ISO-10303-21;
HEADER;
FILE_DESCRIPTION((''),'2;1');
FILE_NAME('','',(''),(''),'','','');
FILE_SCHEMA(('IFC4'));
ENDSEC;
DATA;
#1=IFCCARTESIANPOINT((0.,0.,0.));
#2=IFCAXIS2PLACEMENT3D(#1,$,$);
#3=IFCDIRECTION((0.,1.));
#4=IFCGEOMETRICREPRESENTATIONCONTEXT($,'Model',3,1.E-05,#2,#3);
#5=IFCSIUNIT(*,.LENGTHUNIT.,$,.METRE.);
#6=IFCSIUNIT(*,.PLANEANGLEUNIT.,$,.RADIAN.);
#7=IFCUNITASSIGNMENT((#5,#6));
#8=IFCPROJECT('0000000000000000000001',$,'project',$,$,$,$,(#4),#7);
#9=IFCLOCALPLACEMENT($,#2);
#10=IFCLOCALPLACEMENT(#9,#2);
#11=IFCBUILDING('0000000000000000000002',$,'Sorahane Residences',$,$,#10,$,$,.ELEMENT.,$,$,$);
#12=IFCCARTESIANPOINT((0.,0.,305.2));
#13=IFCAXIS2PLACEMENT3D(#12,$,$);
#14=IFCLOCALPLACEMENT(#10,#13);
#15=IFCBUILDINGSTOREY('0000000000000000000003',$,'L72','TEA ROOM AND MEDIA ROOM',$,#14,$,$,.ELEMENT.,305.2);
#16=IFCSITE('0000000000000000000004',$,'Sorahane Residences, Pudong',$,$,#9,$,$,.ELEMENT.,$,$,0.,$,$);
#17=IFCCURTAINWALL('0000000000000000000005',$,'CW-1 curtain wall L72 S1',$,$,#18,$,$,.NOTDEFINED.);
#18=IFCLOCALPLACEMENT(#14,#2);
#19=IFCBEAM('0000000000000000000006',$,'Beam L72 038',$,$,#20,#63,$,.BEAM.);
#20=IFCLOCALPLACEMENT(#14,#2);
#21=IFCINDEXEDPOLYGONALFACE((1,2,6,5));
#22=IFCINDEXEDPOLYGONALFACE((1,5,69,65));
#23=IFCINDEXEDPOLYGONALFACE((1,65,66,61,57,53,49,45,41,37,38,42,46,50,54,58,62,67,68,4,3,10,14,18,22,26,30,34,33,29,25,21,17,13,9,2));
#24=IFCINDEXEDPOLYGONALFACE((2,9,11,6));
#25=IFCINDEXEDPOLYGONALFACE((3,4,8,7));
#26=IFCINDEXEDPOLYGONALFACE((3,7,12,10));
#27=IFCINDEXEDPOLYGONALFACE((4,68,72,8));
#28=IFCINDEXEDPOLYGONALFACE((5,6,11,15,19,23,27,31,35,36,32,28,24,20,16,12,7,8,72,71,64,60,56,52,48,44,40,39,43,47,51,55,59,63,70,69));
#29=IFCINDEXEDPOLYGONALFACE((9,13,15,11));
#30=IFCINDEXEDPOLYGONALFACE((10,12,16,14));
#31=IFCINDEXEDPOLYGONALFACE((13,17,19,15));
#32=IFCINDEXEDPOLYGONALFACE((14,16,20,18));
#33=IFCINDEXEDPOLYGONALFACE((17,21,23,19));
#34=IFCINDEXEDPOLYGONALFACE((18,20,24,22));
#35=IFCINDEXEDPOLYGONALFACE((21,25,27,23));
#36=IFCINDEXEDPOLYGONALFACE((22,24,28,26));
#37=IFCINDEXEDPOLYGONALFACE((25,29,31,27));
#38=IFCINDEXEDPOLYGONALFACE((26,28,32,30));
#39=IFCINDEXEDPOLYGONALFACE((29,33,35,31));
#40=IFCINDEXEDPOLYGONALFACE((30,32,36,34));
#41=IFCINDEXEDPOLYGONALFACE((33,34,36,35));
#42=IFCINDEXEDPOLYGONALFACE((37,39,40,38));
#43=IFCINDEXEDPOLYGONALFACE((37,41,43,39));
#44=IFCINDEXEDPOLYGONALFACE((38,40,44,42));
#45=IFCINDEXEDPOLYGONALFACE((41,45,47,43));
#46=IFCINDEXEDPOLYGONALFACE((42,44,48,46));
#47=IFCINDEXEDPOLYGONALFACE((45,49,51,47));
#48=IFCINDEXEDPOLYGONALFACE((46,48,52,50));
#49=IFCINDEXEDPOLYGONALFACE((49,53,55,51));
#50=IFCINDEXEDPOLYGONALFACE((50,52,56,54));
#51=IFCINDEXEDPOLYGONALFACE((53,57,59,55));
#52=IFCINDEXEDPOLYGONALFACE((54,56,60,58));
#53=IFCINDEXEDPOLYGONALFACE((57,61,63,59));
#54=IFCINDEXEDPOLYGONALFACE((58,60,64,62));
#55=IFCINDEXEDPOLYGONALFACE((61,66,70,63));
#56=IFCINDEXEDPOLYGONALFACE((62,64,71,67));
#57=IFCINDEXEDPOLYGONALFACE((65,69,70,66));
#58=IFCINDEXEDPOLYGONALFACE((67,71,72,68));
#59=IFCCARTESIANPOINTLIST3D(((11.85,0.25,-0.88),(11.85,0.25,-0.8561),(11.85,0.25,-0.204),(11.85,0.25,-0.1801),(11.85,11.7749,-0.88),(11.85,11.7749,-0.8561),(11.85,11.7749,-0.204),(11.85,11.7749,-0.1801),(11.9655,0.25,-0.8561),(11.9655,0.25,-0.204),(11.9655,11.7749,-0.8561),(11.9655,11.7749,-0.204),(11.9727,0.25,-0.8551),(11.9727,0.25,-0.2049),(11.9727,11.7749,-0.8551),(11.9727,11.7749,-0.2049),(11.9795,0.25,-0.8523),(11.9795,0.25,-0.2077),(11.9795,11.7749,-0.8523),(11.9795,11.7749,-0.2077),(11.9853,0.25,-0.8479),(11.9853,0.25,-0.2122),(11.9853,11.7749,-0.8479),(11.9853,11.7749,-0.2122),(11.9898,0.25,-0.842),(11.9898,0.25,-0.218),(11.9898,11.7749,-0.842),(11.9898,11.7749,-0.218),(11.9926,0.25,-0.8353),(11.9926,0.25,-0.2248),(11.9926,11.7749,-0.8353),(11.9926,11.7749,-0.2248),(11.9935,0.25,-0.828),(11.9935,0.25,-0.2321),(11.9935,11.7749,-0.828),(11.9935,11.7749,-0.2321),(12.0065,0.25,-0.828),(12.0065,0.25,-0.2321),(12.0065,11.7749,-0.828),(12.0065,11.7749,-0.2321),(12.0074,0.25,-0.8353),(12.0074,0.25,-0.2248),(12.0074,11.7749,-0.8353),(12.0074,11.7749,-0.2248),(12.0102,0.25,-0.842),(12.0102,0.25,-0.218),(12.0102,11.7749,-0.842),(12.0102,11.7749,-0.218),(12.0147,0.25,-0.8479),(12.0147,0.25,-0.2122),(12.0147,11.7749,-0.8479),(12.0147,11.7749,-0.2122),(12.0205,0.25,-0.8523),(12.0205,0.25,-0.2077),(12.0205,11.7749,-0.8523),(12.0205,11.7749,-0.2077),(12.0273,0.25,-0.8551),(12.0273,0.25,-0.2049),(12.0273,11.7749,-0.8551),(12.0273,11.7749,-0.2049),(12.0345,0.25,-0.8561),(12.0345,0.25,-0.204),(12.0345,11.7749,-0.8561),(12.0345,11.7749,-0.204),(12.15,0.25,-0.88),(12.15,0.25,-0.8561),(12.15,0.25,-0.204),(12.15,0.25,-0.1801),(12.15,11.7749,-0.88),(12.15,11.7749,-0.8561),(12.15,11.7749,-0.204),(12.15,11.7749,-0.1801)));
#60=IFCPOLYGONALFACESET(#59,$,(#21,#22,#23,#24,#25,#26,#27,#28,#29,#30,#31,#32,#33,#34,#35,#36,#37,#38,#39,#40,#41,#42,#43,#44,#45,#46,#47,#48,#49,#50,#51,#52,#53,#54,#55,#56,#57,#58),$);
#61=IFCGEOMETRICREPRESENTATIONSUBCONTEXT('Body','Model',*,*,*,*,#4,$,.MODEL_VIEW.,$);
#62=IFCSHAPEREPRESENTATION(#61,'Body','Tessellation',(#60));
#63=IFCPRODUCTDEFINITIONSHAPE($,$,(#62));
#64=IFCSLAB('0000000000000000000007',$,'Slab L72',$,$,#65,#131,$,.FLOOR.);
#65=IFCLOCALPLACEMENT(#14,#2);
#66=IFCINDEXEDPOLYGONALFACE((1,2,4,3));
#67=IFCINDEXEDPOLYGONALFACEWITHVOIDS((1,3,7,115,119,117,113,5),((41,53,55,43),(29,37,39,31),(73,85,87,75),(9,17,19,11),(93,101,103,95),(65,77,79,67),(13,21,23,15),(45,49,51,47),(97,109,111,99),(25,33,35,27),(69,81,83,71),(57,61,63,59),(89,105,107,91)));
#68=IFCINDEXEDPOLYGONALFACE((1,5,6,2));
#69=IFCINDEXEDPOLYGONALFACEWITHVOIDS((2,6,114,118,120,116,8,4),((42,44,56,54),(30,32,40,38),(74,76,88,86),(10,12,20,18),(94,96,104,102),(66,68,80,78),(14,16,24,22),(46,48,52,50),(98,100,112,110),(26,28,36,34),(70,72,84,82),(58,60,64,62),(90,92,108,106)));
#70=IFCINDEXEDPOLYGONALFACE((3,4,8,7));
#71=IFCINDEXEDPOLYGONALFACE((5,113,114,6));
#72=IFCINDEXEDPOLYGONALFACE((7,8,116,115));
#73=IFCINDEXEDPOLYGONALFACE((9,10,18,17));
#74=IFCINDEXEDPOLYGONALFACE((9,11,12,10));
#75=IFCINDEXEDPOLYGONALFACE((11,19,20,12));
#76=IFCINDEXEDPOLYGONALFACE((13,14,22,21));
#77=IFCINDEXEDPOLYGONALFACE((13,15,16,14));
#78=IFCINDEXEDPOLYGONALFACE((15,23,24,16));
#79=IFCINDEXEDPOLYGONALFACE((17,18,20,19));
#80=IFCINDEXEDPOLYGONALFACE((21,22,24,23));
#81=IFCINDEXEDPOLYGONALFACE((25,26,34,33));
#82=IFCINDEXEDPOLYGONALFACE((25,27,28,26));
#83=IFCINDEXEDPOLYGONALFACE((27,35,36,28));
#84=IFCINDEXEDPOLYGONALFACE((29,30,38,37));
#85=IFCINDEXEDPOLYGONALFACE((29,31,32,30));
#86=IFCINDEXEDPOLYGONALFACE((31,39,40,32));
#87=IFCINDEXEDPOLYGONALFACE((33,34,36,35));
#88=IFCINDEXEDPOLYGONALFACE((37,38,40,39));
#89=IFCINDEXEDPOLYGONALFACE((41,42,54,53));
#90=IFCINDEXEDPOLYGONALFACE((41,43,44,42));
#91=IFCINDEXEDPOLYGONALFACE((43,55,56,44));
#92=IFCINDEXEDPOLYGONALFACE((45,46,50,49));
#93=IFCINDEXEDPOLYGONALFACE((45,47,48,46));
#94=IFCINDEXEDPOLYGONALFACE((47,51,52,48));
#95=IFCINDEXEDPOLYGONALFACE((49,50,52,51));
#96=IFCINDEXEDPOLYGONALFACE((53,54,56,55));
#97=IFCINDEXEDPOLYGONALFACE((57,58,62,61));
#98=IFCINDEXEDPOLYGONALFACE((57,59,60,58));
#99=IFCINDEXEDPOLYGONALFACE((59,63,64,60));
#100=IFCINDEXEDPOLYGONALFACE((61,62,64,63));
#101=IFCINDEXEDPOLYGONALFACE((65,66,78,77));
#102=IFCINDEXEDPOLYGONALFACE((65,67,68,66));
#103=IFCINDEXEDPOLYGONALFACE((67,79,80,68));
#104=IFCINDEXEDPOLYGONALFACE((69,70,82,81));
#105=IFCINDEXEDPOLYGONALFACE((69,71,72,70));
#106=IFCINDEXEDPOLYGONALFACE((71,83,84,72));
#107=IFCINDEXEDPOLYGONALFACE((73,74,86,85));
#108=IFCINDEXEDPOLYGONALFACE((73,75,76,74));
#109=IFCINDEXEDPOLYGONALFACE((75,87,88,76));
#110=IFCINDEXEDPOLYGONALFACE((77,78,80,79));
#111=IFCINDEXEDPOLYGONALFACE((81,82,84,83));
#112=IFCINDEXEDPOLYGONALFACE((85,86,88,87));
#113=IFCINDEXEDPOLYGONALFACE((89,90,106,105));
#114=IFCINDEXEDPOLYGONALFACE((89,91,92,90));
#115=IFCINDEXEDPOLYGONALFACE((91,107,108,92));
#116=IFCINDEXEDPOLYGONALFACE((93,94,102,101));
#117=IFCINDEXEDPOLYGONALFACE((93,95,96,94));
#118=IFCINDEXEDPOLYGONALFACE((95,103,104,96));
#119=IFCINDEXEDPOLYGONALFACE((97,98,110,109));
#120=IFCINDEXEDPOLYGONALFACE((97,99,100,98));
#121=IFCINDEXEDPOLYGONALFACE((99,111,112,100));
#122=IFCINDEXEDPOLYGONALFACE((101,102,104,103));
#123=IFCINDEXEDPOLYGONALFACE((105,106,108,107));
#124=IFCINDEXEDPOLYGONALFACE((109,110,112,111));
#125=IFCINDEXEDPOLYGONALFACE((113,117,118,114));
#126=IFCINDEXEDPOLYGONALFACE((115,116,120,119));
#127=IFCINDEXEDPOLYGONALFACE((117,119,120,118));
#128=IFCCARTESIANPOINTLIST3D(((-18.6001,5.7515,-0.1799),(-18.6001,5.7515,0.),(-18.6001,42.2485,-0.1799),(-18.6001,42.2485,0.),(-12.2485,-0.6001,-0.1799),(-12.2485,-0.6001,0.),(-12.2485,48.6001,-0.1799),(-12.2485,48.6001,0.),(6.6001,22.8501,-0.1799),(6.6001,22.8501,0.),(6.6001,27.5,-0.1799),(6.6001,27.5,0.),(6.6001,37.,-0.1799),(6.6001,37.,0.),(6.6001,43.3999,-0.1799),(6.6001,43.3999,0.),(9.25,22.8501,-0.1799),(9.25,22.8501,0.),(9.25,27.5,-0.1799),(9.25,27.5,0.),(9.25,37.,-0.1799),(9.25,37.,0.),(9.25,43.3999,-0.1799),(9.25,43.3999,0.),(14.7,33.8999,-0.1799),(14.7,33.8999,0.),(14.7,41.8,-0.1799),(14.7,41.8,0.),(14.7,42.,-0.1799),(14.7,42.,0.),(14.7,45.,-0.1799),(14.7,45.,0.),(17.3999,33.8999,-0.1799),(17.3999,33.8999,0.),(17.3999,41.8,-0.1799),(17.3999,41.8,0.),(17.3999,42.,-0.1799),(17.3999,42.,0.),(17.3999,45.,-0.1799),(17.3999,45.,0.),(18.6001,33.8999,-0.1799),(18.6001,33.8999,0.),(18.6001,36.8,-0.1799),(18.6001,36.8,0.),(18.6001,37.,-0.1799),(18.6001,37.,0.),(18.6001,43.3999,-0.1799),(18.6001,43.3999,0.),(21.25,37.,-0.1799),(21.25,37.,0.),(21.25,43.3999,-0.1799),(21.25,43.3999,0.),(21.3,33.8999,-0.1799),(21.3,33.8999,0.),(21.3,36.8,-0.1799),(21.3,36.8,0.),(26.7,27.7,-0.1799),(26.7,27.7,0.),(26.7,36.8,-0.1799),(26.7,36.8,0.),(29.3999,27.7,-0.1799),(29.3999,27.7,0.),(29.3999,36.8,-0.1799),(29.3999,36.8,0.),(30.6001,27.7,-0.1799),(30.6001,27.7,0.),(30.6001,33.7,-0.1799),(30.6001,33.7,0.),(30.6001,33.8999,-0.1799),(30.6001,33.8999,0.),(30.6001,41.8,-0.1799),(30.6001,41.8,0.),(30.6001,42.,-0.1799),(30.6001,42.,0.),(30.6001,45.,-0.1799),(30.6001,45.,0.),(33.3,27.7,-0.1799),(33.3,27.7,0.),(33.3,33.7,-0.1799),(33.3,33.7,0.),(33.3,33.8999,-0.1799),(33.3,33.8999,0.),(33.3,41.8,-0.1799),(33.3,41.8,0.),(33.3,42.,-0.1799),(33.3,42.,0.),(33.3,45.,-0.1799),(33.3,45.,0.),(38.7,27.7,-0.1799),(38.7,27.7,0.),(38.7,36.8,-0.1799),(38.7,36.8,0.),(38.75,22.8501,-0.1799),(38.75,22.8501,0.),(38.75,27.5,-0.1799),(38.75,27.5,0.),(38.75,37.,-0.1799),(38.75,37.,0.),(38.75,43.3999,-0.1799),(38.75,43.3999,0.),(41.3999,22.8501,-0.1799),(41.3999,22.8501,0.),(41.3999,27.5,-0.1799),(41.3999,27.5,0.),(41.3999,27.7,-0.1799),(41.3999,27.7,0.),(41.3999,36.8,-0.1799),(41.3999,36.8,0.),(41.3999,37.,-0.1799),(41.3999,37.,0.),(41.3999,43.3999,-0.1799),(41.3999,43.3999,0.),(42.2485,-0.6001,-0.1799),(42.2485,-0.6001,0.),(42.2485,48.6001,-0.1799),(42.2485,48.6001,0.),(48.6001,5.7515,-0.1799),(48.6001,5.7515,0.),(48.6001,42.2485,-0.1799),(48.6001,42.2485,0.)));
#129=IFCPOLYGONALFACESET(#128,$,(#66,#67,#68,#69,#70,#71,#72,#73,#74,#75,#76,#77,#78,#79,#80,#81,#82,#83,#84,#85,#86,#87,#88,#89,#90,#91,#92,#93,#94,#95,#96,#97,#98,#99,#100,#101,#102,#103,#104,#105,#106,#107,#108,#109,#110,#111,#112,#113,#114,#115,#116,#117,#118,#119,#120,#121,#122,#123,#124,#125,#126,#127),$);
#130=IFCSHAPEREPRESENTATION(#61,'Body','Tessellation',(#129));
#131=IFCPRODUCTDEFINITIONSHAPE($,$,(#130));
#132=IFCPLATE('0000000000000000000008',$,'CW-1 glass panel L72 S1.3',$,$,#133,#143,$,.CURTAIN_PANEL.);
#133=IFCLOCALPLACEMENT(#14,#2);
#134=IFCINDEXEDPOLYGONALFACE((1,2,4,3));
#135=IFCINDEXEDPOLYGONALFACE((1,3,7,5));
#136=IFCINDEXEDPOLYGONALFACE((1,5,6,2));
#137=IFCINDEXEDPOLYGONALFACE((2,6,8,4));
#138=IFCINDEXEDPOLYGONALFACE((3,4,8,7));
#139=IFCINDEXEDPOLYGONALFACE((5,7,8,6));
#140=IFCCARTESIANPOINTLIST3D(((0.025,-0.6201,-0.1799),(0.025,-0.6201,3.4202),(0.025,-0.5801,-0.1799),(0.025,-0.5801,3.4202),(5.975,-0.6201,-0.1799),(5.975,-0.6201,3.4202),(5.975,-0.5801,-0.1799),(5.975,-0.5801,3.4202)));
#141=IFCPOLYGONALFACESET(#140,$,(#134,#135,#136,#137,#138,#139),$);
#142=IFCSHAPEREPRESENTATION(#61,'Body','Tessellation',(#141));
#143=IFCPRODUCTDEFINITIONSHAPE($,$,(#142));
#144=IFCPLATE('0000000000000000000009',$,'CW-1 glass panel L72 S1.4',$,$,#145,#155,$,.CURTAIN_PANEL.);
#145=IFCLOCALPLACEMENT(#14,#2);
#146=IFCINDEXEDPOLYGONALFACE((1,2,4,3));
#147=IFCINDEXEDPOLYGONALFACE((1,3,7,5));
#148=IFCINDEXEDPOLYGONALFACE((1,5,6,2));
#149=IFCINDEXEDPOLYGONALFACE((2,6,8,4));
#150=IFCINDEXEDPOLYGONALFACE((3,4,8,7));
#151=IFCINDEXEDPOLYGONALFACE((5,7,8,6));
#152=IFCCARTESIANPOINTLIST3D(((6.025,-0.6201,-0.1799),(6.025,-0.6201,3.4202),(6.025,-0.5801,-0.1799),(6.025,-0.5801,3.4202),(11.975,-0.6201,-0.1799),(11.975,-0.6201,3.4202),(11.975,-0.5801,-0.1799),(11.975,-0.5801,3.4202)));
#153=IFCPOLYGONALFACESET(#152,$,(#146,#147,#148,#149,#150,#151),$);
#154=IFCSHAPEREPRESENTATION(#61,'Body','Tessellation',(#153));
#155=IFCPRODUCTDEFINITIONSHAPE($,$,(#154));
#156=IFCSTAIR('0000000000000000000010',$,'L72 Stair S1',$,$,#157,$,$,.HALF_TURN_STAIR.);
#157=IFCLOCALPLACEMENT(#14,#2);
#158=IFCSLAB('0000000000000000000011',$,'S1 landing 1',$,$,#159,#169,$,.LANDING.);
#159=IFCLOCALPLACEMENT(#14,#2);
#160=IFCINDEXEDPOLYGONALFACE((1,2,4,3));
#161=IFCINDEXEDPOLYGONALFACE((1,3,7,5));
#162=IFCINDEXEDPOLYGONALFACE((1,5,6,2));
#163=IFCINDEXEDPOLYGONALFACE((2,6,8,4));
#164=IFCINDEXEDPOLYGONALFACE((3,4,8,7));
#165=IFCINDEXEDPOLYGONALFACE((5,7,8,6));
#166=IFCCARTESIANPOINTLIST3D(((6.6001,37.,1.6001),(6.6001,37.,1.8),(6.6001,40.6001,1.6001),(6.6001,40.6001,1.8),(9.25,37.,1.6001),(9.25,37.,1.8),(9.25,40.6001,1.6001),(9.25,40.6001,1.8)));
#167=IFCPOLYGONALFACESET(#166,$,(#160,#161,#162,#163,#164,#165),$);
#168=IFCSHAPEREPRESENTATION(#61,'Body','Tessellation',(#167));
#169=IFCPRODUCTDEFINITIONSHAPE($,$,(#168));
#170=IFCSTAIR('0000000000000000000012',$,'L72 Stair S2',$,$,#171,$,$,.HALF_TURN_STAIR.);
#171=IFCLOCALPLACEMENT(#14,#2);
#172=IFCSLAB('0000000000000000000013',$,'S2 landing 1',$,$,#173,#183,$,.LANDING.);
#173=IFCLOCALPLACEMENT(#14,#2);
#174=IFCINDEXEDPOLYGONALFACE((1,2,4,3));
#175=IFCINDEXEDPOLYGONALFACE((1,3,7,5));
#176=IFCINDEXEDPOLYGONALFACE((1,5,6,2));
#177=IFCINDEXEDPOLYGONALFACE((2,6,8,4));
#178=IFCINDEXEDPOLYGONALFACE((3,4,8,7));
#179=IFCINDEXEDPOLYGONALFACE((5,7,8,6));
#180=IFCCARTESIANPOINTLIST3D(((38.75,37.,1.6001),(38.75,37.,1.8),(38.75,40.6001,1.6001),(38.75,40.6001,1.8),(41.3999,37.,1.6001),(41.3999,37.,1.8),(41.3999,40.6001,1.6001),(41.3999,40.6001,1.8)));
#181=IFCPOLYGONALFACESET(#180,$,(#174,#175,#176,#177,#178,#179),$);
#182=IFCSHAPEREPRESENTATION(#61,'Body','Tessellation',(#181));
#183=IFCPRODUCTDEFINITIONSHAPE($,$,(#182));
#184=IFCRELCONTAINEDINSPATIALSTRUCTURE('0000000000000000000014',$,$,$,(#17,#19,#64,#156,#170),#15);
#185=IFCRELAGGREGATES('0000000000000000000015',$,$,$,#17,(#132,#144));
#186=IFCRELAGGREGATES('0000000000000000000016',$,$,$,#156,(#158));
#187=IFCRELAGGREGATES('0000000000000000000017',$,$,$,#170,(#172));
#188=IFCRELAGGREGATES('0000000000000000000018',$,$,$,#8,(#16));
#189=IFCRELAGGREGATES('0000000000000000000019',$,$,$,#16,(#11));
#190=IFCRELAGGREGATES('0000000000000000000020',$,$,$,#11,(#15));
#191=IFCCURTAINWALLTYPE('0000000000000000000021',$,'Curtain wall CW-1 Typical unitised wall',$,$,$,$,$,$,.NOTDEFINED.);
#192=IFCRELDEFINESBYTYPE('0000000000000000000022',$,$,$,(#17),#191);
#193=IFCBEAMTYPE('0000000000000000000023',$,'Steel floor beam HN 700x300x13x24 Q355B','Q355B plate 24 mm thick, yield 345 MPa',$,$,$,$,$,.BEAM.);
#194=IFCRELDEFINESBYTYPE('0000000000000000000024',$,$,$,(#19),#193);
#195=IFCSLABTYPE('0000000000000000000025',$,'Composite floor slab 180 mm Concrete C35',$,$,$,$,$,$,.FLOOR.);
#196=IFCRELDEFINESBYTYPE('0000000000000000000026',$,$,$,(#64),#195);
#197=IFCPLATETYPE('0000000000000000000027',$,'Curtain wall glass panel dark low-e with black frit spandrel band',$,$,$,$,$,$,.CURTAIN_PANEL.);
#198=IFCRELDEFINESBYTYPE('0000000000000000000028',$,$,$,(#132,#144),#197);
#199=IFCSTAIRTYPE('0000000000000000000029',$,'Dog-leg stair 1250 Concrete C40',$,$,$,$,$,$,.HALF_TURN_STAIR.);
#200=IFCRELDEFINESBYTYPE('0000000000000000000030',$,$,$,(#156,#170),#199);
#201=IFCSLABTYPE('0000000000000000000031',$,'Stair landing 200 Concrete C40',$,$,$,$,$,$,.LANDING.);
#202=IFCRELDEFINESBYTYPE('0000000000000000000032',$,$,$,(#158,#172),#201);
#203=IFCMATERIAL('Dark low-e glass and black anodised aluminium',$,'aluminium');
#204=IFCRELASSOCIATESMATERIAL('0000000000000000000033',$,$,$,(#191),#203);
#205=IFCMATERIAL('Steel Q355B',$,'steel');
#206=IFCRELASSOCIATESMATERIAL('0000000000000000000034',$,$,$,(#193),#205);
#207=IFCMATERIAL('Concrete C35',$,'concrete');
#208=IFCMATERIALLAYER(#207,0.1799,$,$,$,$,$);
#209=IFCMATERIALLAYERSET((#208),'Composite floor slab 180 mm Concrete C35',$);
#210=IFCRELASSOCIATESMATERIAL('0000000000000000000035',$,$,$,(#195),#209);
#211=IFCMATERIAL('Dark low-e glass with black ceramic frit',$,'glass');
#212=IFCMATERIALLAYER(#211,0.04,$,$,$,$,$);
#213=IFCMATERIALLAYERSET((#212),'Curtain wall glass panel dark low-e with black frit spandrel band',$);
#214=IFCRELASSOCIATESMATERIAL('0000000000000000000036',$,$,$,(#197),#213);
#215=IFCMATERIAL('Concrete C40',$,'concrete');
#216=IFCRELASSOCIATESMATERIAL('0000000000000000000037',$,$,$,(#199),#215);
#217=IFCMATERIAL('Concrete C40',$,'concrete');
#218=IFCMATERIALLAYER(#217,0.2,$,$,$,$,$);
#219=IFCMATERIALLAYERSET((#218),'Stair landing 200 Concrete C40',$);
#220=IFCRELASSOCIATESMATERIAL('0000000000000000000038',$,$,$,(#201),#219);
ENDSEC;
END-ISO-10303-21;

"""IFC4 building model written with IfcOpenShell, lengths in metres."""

from ifc_helpers import new_model, si_unit, direction, frame, origin, origin_2d, place, context, subcontext, project, spatial, polyline, rectangle, i_section, outline, extrude, material, layer, layer_set, material_profile, profile_set, type_object, element, aggregate, save


model = new_model("IFC4")

# Units and contexts
model_context = context("Model", 3, precision=1e-05, world=origin(), true_north=direction((0.0, 1.0)))
body_context = subcontext(model_context, "Body", "Model", "MODEL_VIEW")
ifc_project = project(units=[si_unit("LENGTHUNIT", "METRE"), si_unit("PLANEANGLEUNIT", "RADIAN")], contexts=[model_context])

# Site, building, storey
site_placement = place(None, origin())
site = spatial("IfcSite", under=ifc_project, at=site_placement, Name="Sorahane Residences, Pudong", CompositionType="ELEMENT", RefElevation=0.0)
building_placement = place(site_placement, origin())
building = spatial("IfcBuilding", under=site, at=building_placement, Name="Sorahane Residences", CompositionType="ELEMENT")
storey_placement = place(building_placement, frame((0.0, 0.0, 305.2)))
storey = spatial("IfcBuildingStorey", under=building, at=storey_placement, Name="L72", Description="TEA ROOM AND MEDIA ROOM", CompositionType="ELEMENT", Elevation=305.2)

# Curtain wall
ifc_material_1 = material(Name="Dark low-e glass and black anodised aluminium", Category="aluminium")
curtain_wall_type = type_object("IfcCurtainWallType", Name="Curtain wall CW-1 Typical unitised wall", PredefinedType="NOTDEFINED", material=ifc_material_1)
curtain_wall_placement = place(storey_placement, origin())
curtain_wall = element("IfcCurtainWall", 1, at=curtain_wall_placement, inside=storey, type_object=curtain_wall_type, Name="CW-1 curtain wall L72 S1", PredefinedType="NOTDEFINED")

# Beam
ifc_material_2 = material(Name="Steel Q355B", Category="steel")
ifc_material_profile_1 = material_profile(ifc_material_2, i_section(OverallWidth=0.3, OverallDepth=0.7, WebThickness=0.0129, FlangeThickness=0.0239, FilletRadius=0.0281, at=origin_2d()), Name="HN 700x300x13x24")
ifc_profile_set_1 = profile_set([ifc_material_profile_1], Name="Steel Q355B")
beam_type_1 = type_object("IfcBeamType", Name="Steel floor beam HN 700x300x13x24 Q355B", Description="Q355B plate 24 mm thick, yield 345 MPa", PredefinedType="BEAM", material=ifc_profile_set_1)
beam_1_placement = place(storey_placement, frame((12.0, 0.25, -0.53), z_axis=(0.0, 1.0, 0.0), x_axis=(-1.0, 0.0, 0.0)))
element("IfcBeam", 2, at=beam_1_placement, inside=storey, type_object=beam_type_1, Name="Beam L72 038", PredefinedType="BEAM", context=body_context, shape_type="SweptSolid", body=[
    extrude(i_section(OverallWidth=0.3, OverallDepth=0.7, WebThickness=0.0129, FlangeThickness=0.0239, FilletRadius=0.0281, at=origin_2d()), origin(), (0.0, 0.0, 1.0), 11.5249),
])

# Slab
ifc_material_3 = material(Name="Concrete C35", Category="concrete")
ifc_layer_1 = layer(ifc_material_3, 0.1799)
ifc_layer_set_1 = layer_set([ifc_layer_1], Name="Composite floor slab 180 mm Concrete C35")
slab_type_1 = type_object("IfcSlabType", Name="Composite floor slab 180 mm Concrete C35", PredefinedType="FLOOR", material=ifc_layer_set_1)
slab_1_placement = place(storey_placement, frame((0.0, 0.0, -0.1799)))
element("IfcSlab", 3, at=slab_1_placement, inside=storey, type_object=slab_type_1, Name="Slab L72", PredefinedType="FLOOR", context=body_context, shape_type="SweptSolid", body=[
    extrude(outline(polyline([(-12.2485, -0.6001), (-18.6001, 5.7515), (-18.6001, 42.2485), (-12.2485, 48.6001), (42.2485, 48.6001), (48.6001, 42.2485), (48.6001, 5.7515), (42.2485, -0.6001), (-12.2485, -0.6001)]), holes=[polyline([(38.7, 27.7), (41.3999, 27.7), (41.3999, 36.8), (38.7, 36.8), (38.7, 27.7)]), polyline([(30.6001, 27.7), (33.3, 27.7), (33.3, 33.7), (30.6001, 33.7), (30.6001, 27.7)]), polyline([(30.6001, 42.0), (33.3, 42.0), (33.3, 45.0), (30.6001, 45.0), (30.6001, 42.0)]), polyline([(14.7, 42.0), (17.3999, 42.0), (17.3999, 45.0), (14.7, 45.0), (14.7, 42.0)]), polyline([(6.6001, 43.3999), (6.6001, 37.0), (9.25, 37.0), (9.25, 43.3999), (6.6001, 43.3999)]), polyline([(38.75, 43.3999), (38.75, 37.0), (41.3999, 37.0), (41.3999, 43.3999), (38.75, 43.3999)]), polyline([(18.6001, 43.3999), (18.6001, 37.0), (21.25, 37.0), (21.25, 43.3999), (18.6001, 43.3999)]), polyline([(9.25, 22.8501), (9.25, 27.5), (6.6001, 27.5), (6.6001, 22.8501), (9.25, 22.8501)]), polyline([(41.3999, 22.8501), (41.3999, 27.5), (38.75, 27.5), (38.75, 22.8501), (41.3999, 22.8501)]), polyline([(14.7, 33.8999), (17.3999, 33.8999), (17.3999, 41.8), (14.7, 41.8), (14.7, 33.8999)]), polyline([(30.6001, 33.8999), (33.3, 33.8999), (33.3, 41.8), (30.6001, 41.8), (30.6001, 33.8999)]), polyline([(18.6001, 33.8999), (21.3, 33.8999), (21.3, 36.8), (18.6001, 36.8), (18.6001, 33.8999)]), polyline([(26.7, 27.7), (29.3999, 27.7), (29.3999, 36.8), (26.7, 36.8), (26.7, 27.7)])]), origin(), (0.0, 0.0, 1.0), 0.1799),
])

# Plates
ifc_material_4 = material(Name="Dark low-e glass with black ceramic frit", Category="glass")
ifc_layer_2 = layer(ifc_material_4, 0.04)
ifc_layer_set_2 = layer_set([ifc_layer_2], Name="Curtain wall glass panel dark low-e with black frit spandrel band")
plate_type = type_object("IfcPlateType", Name="Curtain wall glass panel dark low-e with black frit spandrel band", PredefinedType="CURTAIN_PANEL", material=ifc_layer_set_2)
plate_1_placement = place(storey_placement, frame((3.0, -0.6001, -0.1799), z_axis=(0.0, 0.0, 1.0), x_axis=(1.0, 0.0, 0.0)))
plate_1 = element("IfcPlate", 4, at=plate_1_placement, type_object=plate_type, Name="CW-1 glass panel L72 S1.3", PredefinedType="CURTAIN_PANEL", context=body_context, shape_type="SweptSolid", body=[
    extrude(rectangle(XDim=5.95, YDim=0.04, at=origin_2d()), origin(), (0.0, 0.0, 1.0), 3.6001),
])
plate_2_placement = place(storey_placement, frame((9.0, -0.6001, -0.1799), z_axis=(0.0, 0.0, 1.0), x_axis=(1.0, 0.0, 0.0)))
plate_2 = element("IfcPlate", 5, at=plate_2_placement, type_object=plate_type, Name="CW-1 glass panel L72 S1.4", PredefinedType="CURTAIN_PANEL", context=body_context, shape_type="SweptSolid", body=[
    extrude(rectangle(XDim=5.95, YDim=0.04, at=origin_2d()), origin(), (0.0, 0.0, 1.0), 3.6001),
])
aggregate(curtain_wall, [plate_1, plate_2])

# Stairs, slabs
ifc_material_5 = material(Name="Concrete C40", Category="concrete")
stair_type = type_object("IfcStairType", Name="Dog-leg stair 1250 Concrete C40", PredefinedType="HALF_TURN_STAIR", material=ifc_material_5)
stair_1_placement = place(storey_placement, origin())
stair_1 = element("IfcStair", 6, at=stair_1_placement, inside=storey, type_object=stair_type, Name="L72 Stair S1", PredefinedType="HALF_TURN_STAIR")
ifc_material_6 = material(Name="Concrete C40", Category="concrete")
ifc_layer_3 = layer(ifc_material_6, 0.2)
ifc_layer_set_3 = layer_set([ifc_layer_3], Name="Stair landing 200 Concrete C40")
slab_type_2 = type_object("IfcSlabType", Name="Stair landing 200 Concrete C40", PredefinedType="LANDING", material=ifc_layer_set_3)
slab_2_placement = place(storey_placement, frame((0.0, 0.0, 1.6001)))
slab_2 = element("IfcSlab", 7, at=slab_2_placement, type_object=slab_type_2, Name="S1 landing 1", PredefinedType="LANDING", context=body_context, shape_type="SweptSolid", body=[
    extrude(outline(polyline([(6.6001, 40.6001), (6.6001, 37.0), (9.25, 37.0), (9.25, 40.6001), (6.6001, 40.6001)])), origin(), (0.0, 0.0, 1.0), 0.2),
])
aggregate(stair_1, [slab_2])
stair_2_placement = place(storey_placement, origin())
stair_2 = element("IfcStair", 8, at=stair_2_placement, inside=storey, type_object=stair_type, Name="L72 Stair S2", PredefinedType="HALF_TURN_STAIR")
slab_3_placement = place(storey_placement, frame((0.0, 0.0, 1.6001)))
slab_3 = element("IfcSlab", 9, at=slab_3_placement, type_object=slab_type_2, Name="S2 landing 1", PredefinedType="LANDING", context=body_context, shape_type="SweptSolid", body=[
    extrude(outline(polyline([(38.75, 40.6001), (38.75, 37.0), (41.3999, 37.0), (41.3999, 40.6001), (38.75, 40.6001)])), origin(), (0.0, 0.0, 1.0), 0.2),
])
aggregate(stair_2, [slab_3])

save(model, "model.ifc")
